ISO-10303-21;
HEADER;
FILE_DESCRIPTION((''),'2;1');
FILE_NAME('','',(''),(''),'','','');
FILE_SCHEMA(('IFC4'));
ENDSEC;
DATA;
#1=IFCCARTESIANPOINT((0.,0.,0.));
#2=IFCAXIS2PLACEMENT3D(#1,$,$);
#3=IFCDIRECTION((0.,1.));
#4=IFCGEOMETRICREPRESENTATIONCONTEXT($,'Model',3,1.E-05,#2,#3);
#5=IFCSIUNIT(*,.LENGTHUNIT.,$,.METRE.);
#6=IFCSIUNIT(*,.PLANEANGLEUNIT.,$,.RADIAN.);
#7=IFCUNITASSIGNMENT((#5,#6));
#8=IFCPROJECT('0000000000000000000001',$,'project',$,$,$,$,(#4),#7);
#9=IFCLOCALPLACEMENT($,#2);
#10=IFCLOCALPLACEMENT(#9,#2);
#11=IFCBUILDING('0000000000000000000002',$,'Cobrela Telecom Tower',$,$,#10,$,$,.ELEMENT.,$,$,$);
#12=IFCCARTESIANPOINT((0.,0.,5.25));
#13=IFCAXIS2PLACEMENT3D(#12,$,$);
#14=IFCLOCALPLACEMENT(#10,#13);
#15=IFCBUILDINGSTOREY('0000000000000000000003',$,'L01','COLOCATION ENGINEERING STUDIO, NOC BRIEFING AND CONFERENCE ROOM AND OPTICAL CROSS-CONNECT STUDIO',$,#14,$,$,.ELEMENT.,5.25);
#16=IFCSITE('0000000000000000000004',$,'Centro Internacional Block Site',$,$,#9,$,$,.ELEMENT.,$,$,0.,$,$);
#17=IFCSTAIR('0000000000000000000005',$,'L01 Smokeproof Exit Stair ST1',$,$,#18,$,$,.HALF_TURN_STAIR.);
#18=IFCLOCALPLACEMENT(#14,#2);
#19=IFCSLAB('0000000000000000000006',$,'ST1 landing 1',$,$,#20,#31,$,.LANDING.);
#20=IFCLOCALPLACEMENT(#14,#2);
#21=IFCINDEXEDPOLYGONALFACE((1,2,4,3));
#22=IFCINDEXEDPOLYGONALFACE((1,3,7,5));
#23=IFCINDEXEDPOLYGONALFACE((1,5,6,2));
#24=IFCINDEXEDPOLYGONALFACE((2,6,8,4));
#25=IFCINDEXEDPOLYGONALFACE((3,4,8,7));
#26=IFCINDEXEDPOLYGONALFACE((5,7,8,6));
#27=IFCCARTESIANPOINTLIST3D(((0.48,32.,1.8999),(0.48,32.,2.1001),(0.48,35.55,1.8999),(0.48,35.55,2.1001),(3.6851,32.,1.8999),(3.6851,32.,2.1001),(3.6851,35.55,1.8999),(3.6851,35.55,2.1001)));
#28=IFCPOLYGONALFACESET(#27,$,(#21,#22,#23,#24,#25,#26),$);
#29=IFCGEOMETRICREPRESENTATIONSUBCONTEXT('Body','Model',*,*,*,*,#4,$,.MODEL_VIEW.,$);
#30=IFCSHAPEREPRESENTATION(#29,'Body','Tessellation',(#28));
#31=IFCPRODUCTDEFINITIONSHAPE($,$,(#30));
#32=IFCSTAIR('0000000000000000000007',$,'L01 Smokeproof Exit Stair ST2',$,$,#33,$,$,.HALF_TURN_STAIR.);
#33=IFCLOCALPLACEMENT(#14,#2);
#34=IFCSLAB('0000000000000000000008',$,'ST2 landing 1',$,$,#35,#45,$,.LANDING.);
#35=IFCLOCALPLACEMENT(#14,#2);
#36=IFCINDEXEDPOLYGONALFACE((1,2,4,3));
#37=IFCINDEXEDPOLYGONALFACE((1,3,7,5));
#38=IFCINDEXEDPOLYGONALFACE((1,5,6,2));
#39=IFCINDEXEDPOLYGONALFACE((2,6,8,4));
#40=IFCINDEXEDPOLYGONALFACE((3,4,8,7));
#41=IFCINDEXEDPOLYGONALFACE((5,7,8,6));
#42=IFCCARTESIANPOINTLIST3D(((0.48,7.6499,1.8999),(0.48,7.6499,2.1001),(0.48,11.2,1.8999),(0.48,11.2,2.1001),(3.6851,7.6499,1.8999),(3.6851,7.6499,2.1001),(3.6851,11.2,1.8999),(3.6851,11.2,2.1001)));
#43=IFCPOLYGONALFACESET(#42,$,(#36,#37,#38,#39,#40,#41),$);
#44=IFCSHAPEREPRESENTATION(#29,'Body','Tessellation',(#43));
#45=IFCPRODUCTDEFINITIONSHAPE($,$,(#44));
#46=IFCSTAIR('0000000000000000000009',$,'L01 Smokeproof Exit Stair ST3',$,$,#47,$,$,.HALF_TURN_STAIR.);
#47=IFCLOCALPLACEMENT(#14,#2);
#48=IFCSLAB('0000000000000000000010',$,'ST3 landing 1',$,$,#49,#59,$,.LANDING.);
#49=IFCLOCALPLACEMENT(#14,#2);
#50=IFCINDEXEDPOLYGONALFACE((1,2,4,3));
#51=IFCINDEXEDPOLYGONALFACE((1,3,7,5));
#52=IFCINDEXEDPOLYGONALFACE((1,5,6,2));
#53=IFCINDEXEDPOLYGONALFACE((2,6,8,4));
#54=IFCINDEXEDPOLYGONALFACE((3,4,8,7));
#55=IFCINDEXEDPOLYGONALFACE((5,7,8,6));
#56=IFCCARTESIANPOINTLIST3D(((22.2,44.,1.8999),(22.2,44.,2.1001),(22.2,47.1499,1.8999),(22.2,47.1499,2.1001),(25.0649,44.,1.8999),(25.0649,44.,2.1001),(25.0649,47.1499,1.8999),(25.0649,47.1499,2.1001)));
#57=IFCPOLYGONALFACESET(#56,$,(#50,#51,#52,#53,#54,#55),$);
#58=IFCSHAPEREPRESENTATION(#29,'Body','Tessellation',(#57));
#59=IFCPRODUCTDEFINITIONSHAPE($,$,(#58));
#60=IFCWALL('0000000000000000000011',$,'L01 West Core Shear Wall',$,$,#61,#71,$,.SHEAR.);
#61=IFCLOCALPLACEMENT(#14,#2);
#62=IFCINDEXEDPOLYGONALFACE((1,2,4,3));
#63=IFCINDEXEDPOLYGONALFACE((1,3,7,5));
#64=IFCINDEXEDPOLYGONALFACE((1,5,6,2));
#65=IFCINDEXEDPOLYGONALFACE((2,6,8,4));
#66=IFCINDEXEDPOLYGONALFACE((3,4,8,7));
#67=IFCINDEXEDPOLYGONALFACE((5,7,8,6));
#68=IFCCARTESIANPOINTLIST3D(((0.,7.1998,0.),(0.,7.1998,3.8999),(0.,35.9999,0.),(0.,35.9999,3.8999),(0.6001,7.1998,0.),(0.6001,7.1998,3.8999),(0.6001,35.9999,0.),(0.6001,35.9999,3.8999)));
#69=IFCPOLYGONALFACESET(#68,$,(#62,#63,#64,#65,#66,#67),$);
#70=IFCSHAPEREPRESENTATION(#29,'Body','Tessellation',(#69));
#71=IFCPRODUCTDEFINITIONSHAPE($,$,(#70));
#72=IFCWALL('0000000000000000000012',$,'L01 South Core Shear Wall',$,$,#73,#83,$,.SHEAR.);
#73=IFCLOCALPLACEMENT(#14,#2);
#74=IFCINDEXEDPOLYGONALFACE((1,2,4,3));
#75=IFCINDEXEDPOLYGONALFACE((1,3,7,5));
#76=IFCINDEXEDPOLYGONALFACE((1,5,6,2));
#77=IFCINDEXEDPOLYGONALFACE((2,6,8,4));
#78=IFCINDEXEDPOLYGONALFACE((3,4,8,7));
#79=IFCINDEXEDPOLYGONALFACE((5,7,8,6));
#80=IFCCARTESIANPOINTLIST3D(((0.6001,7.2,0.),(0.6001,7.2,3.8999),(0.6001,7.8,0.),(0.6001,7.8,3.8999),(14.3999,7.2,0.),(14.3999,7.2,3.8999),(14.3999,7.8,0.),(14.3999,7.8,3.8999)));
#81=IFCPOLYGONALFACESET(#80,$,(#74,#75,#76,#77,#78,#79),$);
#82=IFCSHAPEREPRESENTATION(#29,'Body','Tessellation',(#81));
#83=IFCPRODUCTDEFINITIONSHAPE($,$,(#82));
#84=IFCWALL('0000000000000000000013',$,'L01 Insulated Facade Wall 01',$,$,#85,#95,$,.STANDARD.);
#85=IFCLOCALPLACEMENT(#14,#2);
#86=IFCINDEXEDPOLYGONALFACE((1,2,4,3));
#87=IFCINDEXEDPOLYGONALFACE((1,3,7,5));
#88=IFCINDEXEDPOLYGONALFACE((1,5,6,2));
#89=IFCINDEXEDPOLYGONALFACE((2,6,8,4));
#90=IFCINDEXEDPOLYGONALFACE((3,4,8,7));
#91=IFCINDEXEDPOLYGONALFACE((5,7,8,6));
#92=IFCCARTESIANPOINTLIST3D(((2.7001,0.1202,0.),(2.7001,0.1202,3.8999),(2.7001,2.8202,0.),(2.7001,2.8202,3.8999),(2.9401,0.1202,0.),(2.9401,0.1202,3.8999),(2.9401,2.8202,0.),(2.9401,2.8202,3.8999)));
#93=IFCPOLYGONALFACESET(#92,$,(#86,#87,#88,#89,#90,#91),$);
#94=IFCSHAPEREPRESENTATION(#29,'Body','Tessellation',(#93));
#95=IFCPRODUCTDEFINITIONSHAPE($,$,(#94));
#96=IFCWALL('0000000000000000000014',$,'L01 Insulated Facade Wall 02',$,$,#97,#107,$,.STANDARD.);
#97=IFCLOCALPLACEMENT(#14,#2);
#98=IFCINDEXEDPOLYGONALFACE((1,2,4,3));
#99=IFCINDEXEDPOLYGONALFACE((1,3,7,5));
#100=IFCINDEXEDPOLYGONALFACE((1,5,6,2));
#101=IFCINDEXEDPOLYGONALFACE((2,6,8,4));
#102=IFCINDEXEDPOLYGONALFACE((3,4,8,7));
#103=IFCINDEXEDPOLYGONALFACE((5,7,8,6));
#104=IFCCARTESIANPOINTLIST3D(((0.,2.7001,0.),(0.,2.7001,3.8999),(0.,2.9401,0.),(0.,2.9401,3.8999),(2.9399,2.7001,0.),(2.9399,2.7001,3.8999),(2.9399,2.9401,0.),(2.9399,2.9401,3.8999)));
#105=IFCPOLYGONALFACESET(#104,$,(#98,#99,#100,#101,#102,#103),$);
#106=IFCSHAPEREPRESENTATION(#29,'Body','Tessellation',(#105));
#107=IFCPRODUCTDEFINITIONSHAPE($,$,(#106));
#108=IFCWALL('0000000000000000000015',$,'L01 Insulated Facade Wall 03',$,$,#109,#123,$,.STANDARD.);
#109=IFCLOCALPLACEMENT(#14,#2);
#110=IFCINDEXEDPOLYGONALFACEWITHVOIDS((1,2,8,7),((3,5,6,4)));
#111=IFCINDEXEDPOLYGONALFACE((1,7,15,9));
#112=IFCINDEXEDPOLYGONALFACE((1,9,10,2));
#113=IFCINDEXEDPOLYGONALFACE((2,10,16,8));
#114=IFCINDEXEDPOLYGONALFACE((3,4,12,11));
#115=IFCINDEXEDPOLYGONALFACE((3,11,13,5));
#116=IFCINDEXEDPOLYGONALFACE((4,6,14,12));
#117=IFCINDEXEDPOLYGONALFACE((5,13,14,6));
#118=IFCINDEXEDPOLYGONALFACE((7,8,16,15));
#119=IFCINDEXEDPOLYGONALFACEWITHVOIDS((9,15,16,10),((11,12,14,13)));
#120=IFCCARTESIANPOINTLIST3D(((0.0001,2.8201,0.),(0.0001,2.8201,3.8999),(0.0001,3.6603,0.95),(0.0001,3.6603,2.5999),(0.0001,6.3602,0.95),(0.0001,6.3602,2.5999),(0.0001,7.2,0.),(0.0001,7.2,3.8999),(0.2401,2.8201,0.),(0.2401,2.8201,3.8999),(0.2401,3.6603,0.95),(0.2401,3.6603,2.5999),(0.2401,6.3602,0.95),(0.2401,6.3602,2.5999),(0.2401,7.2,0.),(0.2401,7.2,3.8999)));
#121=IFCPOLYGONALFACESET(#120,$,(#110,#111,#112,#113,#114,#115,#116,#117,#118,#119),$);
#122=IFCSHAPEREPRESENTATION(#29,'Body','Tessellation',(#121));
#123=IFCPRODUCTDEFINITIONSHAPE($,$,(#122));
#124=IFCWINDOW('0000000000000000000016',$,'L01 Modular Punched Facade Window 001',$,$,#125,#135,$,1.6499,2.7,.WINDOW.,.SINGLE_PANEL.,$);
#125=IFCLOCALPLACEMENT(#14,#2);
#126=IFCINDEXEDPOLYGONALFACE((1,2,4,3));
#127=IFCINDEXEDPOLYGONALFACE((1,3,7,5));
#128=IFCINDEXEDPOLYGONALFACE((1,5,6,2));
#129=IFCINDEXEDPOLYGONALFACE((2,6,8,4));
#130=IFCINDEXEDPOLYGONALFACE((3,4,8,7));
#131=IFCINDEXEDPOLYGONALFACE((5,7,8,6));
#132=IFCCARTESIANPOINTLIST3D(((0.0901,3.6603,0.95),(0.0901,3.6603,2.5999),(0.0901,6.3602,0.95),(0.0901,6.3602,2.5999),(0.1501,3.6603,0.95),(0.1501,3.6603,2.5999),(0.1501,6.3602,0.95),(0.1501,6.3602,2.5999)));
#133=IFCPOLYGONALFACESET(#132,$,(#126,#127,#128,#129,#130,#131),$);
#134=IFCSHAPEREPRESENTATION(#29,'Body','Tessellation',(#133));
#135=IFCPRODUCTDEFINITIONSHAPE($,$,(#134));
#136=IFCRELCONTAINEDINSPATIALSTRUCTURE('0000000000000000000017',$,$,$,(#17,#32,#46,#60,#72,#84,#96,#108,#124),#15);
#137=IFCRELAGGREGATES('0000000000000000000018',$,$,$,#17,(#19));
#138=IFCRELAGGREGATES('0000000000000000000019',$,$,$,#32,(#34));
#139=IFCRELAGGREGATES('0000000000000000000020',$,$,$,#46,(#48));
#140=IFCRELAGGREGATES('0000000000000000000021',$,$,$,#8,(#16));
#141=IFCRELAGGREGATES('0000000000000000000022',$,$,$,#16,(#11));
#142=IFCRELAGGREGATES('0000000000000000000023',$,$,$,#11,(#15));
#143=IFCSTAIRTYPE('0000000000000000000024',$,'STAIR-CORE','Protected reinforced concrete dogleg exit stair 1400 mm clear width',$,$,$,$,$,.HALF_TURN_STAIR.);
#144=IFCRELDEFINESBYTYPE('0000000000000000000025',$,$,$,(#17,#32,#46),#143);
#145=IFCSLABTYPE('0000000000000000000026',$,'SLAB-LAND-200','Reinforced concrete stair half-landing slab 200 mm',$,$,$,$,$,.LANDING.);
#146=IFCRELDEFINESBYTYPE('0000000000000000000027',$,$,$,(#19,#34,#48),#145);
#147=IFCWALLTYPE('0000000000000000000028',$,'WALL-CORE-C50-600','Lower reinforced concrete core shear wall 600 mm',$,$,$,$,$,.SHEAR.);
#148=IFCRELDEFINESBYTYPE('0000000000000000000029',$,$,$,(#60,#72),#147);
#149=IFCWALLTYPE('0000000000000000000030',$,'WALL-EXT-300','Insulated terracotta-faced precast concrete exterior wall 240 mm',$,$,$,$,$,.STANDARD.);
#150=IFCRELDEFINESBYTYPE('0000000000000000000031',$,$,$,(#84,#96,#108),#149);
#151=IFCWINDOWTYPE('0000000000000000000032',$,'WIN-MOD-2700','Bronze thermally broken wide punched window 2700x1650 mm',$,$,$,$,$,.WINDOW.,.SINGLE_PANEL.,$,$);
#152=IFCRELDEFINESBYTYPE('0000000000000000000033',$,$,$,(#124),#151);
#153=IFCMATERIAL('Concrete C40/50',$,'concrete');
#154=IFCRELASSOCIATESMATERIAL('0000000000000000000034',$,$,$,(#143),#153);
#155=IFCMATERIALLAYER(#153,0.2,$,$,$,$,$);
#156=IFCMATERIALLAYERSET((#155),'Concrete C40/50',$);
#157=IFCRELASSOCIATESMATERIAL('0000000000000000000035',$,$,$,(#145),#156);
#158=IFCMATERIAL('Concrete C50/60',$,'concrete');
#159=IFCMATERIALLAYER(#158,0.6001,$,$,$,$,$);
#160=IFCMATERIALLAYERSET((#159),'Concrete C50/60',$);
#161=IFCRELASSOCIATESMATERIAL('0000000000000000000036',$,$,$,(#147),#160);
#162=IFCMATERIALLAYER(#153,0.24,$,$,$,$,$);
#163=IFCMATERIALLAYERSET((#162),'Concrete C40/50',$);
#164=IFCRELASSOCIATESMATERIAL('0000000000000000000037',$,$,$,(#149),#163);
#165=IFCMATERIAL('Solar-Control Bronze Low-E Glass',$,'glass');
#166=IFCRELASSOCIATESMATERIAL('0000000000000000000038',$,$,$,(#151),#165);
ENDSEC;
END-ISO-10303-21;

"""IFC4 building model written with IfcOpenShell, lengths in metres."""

from ifc_helpers import new_model, si_unit, direction, frame, frame_2d, origin, place, context, subcontext, project, spatial, polyline, rectangle, outline, extrude, material, layer, layer_set, type_object, element, fill, aggregate, save


model = new_model("IFC4")

# Units and contexts
model_context = context("Model", 3, precision=1e-05, world=origin(), true_north=direction((0.0, 1.0)))
body_context = subcontext(model_context, "Body", "Model", "MODEL_VIEW")
ifc_project = project(units=[si_unit("LENGTHUNIT", "METRE"), si_unit("PLANEANGLEUNIT", "RADIAN")], contexts=[model_context])

# Site, building, storey
site_placement = place(None, origin())
site = spatial("IfcSite", under=ifc_project, at=site_placement, Name="Centro Internacional Block Site", CompositionType="ELEMENT", RefElevation=0.0)
building_placement = place(site_placement, origin())
building = spatial("IfcBuilding", under=site, at=building_placement, Name="Cobrela Telecom Tower", CompositionType="ELEMENT")
storey_placement = place(building_placement, frame((0.0, 0.0, 5.25)))
storey = spatial("IfcBuildingStorey", under=building, at=storey_placement, Name="L01", Description="COLOCATION ENGINEERING STUDIO, NOC BRIEFING AND CONFERENCE ROOM AND OPTICAL CROSS-CONNECT STUDIO", CompositionType="ELEMENT", Elevation=5.25)

# Shared definitions
ifc_material_1 = material(Name="Concrete C40/50", Category="concrete")

# Stairs, slabs
stair_type = type_object("IfcStairType", Name="STAIR-CORE", Description="Protected reinforced concrete dogleg exit stair 1400 mm clear width", PredefinedType="HALF_TURN_STAIR", material=ifc_material_1)
stair_1_placement = place(storey_placement, origin())
stair_1 = element("IfcStair", 1, at=stair_1_placement, inside=storey, type_object=stair_type, Name="L01 Smokeproof Exit Stair ST1", PredefinedType="HALF_TURN_STAIR")
ifc_layer_1 = layer(ifc_material_1, 0.2)
ifc_layer_set_1 = layer_set([ifc_layer_1], Name="Concrete C40/50")
slab_type_1 = type_object("IfcSlabType", Name="SLAB-LAND-200", Description="Reinforced concrete stair half-landing slab 200 mm", PredefinedType="LANDING", material=ifc_layer_set_1)
slab_1_placement = place(storey_placement, frame((0.0, 0.0, 1.8999)))
slab_1 = element("IfcSlab", 2, at=slab_1_placement, type_object=slab_type_1, Name="ST1 landing 1", PredefinedType="LANDING", context=body_context, shape_type="SweptSolid", body=[
    extrude(outline(polyline([(3.6851, 35.55), (0.48, 35.55), (0.48, 32.0), (3.6851, 32.0), (3.6851, 35.55)])), origin(), (0.0, 0.0, 1.0), 0.2002),
])
aggregate(stair_1, [slab_1])
stair_2_placement = place(storey_placement, origin())
stair_2 = element("IfcStair", 3, at=stair_2_placement, inside=storey, type_object=stair_type, Name="L01 Smokeproof Exit Stair ST2", PredefinedType="HALF_TURN_STAIR")
slab_2_placement = place(storey_placement, frame((0.0, 0.0, 1.8999)))
slab_2 = element("IfcSlab", 4, at=slab_2_placement, type_object=slab_type_1, Name="ST2 landing 1", PredefinedType="LANDING", context=body_context, shape_type="SweptSolid", body=[
    extrude(outline(polyline([(3.6851, 11.2), (0.48, 11.2), (0.48, 7.6499), (3.6851, 7.6499), (3.6851, 11.2)])), origin(), (0.0, 0.0, 1.0), 0.2002),
])
aggregate(stair_2, [slab_2])
stair_3_placement = place(storey_placement, origin())
stair_3 = element("IfcStair", 5, at=stair_3_placement, inside=storey, type_object=stair_type, Name="L01 Smokeproof Exit Stair ST3", PredefinedType="HALF_TURN_STAIR")
slab_3_placement = place(storey_placement, frame((0.0, 0.0, 1.8999)))
slab_3 = element("IfcSlab", 6, at=slab_3_placement, type_object=slab_type_1, Name="ST3 landing 1", PredefinedType="LANDING", context=body_context, shape_type="SweptSolid", body=[
    extrude(outline(polyline([(25.0649, 47.1499), (22.2, 47.1499), (22.2, 44.0), (25.0649, 44.0), (25.0649, 47.1499)])), origin(), (0.0, 0.0, 1.0), 0.2002),
])
aggregate(stair_3, [slab_3])

# Walls
ifc_material_2 = material(Name="Concrete C50/60", Category="concrete")
ifc_layer_2 = layer(ifc_material_2, 0.6001)
ifc_layer_set_2 = layer_set([ifc_layer_2], Name="Concrete C50/60")
wall_type_1 = type_object("IfcWallType", Name="WALL-CORE-C50-600", Description="Lower reinforced concrete core shear wall 600 mm", PredefinedType="SHEAR", material=ifc_layer_set_2)
wall_1_placement = place(storey_placement, frame((0.3, 7.2, 0.0), z_axis=(0.0, 0.0, 1.0), x_axis=(0.0, 1.0, 0.0)))
element("IfcWall", 7, at=wall_1_placement, inside=storey, type_object=wall_type_1, Name="L01 West Core Shear Wall", PredefinedType="SHEAR", context=body_context, shape_type="SweptSolid", body=[
    extrude(rectangle(XDim=28.8, YDim=0.6001, at=frame_2d((14.3999, 0.0))), origin(), (0.0, 0.0, 1.0), 3.8999),
])
wall_2_placement = place(storey_placement, frame((0.6001, 7.5, 0.0), z_axis=(0.0, 0.0, 1.0), x_axis=(1.0, 0.0, 0.0)))
element("IfcWall", 8, at=wall_2_placement, inside=storey, type_object=wall_type_1, Name="L01 South Core Shear Wall", PredefinedType="SHEAR", context=body_context, shape_type="SweptSolid", body=[
    extrude(rectangle(XDim=13.7998, YDim=0.6001, at=frame_2d((6.8999, 0.0))), origin(), (0.0, 0.0, 1.0), 3.8999),
])
ifc_layer_3 = layer(ifc_material_1, 0.24)
ifc_layer_set_3 = layer_set([ifc_layer_3], Name="Concrete C40/50")
wall_type_2 = type_object("IfcWallType", Name="WALL-EXT-300", Description="Insulated terracotta-faced precast concrete exterior wall 240 mm", PredefinedType="STANDARD", material=ifc_layer_set_3)
wall_3_placement = place(storey_placement, frame((2.8201, 0.1201, 0.0), z_axis=(0.0, 0.0, 1.0), x_axis=(0.0, 1.0, 0.0)))
element("IfcWall", 9, at=wall_3_placement, inside=storey, type_object=wall_type_2, Name="L01 Insulated Facade Wall 01", PredefinedType="STANDARD", context=body_context, shape_type="SweptSolid", body=[
    extrude(rectangle(XDim=2.7, YDim=0.24, at=frame_2d((1.3501, 0.0))), origin(), (0.0, 0.0, 1.0), 3.8999),
])
wall_4_placement = place(storey_placement, frame((2.9399, 2.8201, 0.0), z_axis=(0.0, 0.0, 1.0), x_axis=(-1.0, 0.0, 0.0)))
element("IfcWall", 10, at=wall_4_placement, inside=storey, type_object=wall_type_2, Name="L01 Insulated Facade Wall 02", PredefinedType="STANDARD", context=body_context, shape_type="SweptSolid", body=[
    extrude(rectangle(XDim=2.9399, YDim=0.24, at=frame_2d((1.47, 0.0))), origin(), (0.0, 0.0, 1.0), 3.8999),
])

# Wall, opening, window
wall_5_placement = place(storey_placement, frame((0.1201, 2.8201, 0.0), z_axis=(0.0, 0.0, 1.0), x_axis=(0.0, 1.0, 0.0)))
wall_5 = element("IfcWall", 11, at=wall_5_placement, inside=storey, type_object=wall_type_2, Name="L01 Insulated Facade Wall 03", PredefinedType="STANDARD", context=body_context, shape_type="SweptSolid", body=[
    extrude(rectangle(XDim=4.3799, YDim=0.24, at=frame_2d((2.1899, 0.0))), origin(), (0.0, 0.0, 1.0), 3.8999),
])
opening_1_placement = place(wall_5_placement, frame((0.8401, 0.0, 0.95)))
opening_1 = element("IfcOpeningElement", 12, at=opening_1_placement, cuts=wall_5, PredefinedType="OPENING", context=body_context, shape_type="SweptSolid", body=[
    extrude(rectangle(XDim=2.7, YDim=1.6499, at=frame_2d((1.3501, 0.825))), frame((0.0, 0.1318, 0.0), z_axis=(0.0, -1.0, 0.0), x_axis=(1.0, 0.0, 0.0)), (0.0, 0.0, 1.0), 0.2639),
])
ifc_material_3 = material(Name="Solar-Control Bronze Low-E Glass", Category="glass")
window_type = type_object("IfcWindowType", Name="WIN-MOD-2700", Description="Bronze thermally broken wide punched window 2700x1650 mm", PartitioningType="SINGLE_PANEL", PredefinedType="WINDOW", material=ifc_material_3)
window_placement = place(opening_1_placement, origin())
window = element("IfcWindow", 13, at=window_placement, inside=storey, type_object=window_type, Name="L01 Modular Punched Facade Window 001", OverallHeight=1.6499, OverallWidth=2.7, PartitioningType="SINGLE_PANEL", PredefinedType="WINDOW", context=body_context, shape_type="SweptSolid", body=[
    extrude(rectangle(XDim=2.7, YDim=1.6499, at=frame_2d((1.3501, 0.825))), frame((0.0, 0.03, 0.0), z_axis=(0.0, -1.0, 0.0), x_axis=(1.0, 0.0, 0.0)), (0.0, 0.0, 1.0), 0.0601),
])
fill(opening_1, window)

save(model, "model.ifc")
